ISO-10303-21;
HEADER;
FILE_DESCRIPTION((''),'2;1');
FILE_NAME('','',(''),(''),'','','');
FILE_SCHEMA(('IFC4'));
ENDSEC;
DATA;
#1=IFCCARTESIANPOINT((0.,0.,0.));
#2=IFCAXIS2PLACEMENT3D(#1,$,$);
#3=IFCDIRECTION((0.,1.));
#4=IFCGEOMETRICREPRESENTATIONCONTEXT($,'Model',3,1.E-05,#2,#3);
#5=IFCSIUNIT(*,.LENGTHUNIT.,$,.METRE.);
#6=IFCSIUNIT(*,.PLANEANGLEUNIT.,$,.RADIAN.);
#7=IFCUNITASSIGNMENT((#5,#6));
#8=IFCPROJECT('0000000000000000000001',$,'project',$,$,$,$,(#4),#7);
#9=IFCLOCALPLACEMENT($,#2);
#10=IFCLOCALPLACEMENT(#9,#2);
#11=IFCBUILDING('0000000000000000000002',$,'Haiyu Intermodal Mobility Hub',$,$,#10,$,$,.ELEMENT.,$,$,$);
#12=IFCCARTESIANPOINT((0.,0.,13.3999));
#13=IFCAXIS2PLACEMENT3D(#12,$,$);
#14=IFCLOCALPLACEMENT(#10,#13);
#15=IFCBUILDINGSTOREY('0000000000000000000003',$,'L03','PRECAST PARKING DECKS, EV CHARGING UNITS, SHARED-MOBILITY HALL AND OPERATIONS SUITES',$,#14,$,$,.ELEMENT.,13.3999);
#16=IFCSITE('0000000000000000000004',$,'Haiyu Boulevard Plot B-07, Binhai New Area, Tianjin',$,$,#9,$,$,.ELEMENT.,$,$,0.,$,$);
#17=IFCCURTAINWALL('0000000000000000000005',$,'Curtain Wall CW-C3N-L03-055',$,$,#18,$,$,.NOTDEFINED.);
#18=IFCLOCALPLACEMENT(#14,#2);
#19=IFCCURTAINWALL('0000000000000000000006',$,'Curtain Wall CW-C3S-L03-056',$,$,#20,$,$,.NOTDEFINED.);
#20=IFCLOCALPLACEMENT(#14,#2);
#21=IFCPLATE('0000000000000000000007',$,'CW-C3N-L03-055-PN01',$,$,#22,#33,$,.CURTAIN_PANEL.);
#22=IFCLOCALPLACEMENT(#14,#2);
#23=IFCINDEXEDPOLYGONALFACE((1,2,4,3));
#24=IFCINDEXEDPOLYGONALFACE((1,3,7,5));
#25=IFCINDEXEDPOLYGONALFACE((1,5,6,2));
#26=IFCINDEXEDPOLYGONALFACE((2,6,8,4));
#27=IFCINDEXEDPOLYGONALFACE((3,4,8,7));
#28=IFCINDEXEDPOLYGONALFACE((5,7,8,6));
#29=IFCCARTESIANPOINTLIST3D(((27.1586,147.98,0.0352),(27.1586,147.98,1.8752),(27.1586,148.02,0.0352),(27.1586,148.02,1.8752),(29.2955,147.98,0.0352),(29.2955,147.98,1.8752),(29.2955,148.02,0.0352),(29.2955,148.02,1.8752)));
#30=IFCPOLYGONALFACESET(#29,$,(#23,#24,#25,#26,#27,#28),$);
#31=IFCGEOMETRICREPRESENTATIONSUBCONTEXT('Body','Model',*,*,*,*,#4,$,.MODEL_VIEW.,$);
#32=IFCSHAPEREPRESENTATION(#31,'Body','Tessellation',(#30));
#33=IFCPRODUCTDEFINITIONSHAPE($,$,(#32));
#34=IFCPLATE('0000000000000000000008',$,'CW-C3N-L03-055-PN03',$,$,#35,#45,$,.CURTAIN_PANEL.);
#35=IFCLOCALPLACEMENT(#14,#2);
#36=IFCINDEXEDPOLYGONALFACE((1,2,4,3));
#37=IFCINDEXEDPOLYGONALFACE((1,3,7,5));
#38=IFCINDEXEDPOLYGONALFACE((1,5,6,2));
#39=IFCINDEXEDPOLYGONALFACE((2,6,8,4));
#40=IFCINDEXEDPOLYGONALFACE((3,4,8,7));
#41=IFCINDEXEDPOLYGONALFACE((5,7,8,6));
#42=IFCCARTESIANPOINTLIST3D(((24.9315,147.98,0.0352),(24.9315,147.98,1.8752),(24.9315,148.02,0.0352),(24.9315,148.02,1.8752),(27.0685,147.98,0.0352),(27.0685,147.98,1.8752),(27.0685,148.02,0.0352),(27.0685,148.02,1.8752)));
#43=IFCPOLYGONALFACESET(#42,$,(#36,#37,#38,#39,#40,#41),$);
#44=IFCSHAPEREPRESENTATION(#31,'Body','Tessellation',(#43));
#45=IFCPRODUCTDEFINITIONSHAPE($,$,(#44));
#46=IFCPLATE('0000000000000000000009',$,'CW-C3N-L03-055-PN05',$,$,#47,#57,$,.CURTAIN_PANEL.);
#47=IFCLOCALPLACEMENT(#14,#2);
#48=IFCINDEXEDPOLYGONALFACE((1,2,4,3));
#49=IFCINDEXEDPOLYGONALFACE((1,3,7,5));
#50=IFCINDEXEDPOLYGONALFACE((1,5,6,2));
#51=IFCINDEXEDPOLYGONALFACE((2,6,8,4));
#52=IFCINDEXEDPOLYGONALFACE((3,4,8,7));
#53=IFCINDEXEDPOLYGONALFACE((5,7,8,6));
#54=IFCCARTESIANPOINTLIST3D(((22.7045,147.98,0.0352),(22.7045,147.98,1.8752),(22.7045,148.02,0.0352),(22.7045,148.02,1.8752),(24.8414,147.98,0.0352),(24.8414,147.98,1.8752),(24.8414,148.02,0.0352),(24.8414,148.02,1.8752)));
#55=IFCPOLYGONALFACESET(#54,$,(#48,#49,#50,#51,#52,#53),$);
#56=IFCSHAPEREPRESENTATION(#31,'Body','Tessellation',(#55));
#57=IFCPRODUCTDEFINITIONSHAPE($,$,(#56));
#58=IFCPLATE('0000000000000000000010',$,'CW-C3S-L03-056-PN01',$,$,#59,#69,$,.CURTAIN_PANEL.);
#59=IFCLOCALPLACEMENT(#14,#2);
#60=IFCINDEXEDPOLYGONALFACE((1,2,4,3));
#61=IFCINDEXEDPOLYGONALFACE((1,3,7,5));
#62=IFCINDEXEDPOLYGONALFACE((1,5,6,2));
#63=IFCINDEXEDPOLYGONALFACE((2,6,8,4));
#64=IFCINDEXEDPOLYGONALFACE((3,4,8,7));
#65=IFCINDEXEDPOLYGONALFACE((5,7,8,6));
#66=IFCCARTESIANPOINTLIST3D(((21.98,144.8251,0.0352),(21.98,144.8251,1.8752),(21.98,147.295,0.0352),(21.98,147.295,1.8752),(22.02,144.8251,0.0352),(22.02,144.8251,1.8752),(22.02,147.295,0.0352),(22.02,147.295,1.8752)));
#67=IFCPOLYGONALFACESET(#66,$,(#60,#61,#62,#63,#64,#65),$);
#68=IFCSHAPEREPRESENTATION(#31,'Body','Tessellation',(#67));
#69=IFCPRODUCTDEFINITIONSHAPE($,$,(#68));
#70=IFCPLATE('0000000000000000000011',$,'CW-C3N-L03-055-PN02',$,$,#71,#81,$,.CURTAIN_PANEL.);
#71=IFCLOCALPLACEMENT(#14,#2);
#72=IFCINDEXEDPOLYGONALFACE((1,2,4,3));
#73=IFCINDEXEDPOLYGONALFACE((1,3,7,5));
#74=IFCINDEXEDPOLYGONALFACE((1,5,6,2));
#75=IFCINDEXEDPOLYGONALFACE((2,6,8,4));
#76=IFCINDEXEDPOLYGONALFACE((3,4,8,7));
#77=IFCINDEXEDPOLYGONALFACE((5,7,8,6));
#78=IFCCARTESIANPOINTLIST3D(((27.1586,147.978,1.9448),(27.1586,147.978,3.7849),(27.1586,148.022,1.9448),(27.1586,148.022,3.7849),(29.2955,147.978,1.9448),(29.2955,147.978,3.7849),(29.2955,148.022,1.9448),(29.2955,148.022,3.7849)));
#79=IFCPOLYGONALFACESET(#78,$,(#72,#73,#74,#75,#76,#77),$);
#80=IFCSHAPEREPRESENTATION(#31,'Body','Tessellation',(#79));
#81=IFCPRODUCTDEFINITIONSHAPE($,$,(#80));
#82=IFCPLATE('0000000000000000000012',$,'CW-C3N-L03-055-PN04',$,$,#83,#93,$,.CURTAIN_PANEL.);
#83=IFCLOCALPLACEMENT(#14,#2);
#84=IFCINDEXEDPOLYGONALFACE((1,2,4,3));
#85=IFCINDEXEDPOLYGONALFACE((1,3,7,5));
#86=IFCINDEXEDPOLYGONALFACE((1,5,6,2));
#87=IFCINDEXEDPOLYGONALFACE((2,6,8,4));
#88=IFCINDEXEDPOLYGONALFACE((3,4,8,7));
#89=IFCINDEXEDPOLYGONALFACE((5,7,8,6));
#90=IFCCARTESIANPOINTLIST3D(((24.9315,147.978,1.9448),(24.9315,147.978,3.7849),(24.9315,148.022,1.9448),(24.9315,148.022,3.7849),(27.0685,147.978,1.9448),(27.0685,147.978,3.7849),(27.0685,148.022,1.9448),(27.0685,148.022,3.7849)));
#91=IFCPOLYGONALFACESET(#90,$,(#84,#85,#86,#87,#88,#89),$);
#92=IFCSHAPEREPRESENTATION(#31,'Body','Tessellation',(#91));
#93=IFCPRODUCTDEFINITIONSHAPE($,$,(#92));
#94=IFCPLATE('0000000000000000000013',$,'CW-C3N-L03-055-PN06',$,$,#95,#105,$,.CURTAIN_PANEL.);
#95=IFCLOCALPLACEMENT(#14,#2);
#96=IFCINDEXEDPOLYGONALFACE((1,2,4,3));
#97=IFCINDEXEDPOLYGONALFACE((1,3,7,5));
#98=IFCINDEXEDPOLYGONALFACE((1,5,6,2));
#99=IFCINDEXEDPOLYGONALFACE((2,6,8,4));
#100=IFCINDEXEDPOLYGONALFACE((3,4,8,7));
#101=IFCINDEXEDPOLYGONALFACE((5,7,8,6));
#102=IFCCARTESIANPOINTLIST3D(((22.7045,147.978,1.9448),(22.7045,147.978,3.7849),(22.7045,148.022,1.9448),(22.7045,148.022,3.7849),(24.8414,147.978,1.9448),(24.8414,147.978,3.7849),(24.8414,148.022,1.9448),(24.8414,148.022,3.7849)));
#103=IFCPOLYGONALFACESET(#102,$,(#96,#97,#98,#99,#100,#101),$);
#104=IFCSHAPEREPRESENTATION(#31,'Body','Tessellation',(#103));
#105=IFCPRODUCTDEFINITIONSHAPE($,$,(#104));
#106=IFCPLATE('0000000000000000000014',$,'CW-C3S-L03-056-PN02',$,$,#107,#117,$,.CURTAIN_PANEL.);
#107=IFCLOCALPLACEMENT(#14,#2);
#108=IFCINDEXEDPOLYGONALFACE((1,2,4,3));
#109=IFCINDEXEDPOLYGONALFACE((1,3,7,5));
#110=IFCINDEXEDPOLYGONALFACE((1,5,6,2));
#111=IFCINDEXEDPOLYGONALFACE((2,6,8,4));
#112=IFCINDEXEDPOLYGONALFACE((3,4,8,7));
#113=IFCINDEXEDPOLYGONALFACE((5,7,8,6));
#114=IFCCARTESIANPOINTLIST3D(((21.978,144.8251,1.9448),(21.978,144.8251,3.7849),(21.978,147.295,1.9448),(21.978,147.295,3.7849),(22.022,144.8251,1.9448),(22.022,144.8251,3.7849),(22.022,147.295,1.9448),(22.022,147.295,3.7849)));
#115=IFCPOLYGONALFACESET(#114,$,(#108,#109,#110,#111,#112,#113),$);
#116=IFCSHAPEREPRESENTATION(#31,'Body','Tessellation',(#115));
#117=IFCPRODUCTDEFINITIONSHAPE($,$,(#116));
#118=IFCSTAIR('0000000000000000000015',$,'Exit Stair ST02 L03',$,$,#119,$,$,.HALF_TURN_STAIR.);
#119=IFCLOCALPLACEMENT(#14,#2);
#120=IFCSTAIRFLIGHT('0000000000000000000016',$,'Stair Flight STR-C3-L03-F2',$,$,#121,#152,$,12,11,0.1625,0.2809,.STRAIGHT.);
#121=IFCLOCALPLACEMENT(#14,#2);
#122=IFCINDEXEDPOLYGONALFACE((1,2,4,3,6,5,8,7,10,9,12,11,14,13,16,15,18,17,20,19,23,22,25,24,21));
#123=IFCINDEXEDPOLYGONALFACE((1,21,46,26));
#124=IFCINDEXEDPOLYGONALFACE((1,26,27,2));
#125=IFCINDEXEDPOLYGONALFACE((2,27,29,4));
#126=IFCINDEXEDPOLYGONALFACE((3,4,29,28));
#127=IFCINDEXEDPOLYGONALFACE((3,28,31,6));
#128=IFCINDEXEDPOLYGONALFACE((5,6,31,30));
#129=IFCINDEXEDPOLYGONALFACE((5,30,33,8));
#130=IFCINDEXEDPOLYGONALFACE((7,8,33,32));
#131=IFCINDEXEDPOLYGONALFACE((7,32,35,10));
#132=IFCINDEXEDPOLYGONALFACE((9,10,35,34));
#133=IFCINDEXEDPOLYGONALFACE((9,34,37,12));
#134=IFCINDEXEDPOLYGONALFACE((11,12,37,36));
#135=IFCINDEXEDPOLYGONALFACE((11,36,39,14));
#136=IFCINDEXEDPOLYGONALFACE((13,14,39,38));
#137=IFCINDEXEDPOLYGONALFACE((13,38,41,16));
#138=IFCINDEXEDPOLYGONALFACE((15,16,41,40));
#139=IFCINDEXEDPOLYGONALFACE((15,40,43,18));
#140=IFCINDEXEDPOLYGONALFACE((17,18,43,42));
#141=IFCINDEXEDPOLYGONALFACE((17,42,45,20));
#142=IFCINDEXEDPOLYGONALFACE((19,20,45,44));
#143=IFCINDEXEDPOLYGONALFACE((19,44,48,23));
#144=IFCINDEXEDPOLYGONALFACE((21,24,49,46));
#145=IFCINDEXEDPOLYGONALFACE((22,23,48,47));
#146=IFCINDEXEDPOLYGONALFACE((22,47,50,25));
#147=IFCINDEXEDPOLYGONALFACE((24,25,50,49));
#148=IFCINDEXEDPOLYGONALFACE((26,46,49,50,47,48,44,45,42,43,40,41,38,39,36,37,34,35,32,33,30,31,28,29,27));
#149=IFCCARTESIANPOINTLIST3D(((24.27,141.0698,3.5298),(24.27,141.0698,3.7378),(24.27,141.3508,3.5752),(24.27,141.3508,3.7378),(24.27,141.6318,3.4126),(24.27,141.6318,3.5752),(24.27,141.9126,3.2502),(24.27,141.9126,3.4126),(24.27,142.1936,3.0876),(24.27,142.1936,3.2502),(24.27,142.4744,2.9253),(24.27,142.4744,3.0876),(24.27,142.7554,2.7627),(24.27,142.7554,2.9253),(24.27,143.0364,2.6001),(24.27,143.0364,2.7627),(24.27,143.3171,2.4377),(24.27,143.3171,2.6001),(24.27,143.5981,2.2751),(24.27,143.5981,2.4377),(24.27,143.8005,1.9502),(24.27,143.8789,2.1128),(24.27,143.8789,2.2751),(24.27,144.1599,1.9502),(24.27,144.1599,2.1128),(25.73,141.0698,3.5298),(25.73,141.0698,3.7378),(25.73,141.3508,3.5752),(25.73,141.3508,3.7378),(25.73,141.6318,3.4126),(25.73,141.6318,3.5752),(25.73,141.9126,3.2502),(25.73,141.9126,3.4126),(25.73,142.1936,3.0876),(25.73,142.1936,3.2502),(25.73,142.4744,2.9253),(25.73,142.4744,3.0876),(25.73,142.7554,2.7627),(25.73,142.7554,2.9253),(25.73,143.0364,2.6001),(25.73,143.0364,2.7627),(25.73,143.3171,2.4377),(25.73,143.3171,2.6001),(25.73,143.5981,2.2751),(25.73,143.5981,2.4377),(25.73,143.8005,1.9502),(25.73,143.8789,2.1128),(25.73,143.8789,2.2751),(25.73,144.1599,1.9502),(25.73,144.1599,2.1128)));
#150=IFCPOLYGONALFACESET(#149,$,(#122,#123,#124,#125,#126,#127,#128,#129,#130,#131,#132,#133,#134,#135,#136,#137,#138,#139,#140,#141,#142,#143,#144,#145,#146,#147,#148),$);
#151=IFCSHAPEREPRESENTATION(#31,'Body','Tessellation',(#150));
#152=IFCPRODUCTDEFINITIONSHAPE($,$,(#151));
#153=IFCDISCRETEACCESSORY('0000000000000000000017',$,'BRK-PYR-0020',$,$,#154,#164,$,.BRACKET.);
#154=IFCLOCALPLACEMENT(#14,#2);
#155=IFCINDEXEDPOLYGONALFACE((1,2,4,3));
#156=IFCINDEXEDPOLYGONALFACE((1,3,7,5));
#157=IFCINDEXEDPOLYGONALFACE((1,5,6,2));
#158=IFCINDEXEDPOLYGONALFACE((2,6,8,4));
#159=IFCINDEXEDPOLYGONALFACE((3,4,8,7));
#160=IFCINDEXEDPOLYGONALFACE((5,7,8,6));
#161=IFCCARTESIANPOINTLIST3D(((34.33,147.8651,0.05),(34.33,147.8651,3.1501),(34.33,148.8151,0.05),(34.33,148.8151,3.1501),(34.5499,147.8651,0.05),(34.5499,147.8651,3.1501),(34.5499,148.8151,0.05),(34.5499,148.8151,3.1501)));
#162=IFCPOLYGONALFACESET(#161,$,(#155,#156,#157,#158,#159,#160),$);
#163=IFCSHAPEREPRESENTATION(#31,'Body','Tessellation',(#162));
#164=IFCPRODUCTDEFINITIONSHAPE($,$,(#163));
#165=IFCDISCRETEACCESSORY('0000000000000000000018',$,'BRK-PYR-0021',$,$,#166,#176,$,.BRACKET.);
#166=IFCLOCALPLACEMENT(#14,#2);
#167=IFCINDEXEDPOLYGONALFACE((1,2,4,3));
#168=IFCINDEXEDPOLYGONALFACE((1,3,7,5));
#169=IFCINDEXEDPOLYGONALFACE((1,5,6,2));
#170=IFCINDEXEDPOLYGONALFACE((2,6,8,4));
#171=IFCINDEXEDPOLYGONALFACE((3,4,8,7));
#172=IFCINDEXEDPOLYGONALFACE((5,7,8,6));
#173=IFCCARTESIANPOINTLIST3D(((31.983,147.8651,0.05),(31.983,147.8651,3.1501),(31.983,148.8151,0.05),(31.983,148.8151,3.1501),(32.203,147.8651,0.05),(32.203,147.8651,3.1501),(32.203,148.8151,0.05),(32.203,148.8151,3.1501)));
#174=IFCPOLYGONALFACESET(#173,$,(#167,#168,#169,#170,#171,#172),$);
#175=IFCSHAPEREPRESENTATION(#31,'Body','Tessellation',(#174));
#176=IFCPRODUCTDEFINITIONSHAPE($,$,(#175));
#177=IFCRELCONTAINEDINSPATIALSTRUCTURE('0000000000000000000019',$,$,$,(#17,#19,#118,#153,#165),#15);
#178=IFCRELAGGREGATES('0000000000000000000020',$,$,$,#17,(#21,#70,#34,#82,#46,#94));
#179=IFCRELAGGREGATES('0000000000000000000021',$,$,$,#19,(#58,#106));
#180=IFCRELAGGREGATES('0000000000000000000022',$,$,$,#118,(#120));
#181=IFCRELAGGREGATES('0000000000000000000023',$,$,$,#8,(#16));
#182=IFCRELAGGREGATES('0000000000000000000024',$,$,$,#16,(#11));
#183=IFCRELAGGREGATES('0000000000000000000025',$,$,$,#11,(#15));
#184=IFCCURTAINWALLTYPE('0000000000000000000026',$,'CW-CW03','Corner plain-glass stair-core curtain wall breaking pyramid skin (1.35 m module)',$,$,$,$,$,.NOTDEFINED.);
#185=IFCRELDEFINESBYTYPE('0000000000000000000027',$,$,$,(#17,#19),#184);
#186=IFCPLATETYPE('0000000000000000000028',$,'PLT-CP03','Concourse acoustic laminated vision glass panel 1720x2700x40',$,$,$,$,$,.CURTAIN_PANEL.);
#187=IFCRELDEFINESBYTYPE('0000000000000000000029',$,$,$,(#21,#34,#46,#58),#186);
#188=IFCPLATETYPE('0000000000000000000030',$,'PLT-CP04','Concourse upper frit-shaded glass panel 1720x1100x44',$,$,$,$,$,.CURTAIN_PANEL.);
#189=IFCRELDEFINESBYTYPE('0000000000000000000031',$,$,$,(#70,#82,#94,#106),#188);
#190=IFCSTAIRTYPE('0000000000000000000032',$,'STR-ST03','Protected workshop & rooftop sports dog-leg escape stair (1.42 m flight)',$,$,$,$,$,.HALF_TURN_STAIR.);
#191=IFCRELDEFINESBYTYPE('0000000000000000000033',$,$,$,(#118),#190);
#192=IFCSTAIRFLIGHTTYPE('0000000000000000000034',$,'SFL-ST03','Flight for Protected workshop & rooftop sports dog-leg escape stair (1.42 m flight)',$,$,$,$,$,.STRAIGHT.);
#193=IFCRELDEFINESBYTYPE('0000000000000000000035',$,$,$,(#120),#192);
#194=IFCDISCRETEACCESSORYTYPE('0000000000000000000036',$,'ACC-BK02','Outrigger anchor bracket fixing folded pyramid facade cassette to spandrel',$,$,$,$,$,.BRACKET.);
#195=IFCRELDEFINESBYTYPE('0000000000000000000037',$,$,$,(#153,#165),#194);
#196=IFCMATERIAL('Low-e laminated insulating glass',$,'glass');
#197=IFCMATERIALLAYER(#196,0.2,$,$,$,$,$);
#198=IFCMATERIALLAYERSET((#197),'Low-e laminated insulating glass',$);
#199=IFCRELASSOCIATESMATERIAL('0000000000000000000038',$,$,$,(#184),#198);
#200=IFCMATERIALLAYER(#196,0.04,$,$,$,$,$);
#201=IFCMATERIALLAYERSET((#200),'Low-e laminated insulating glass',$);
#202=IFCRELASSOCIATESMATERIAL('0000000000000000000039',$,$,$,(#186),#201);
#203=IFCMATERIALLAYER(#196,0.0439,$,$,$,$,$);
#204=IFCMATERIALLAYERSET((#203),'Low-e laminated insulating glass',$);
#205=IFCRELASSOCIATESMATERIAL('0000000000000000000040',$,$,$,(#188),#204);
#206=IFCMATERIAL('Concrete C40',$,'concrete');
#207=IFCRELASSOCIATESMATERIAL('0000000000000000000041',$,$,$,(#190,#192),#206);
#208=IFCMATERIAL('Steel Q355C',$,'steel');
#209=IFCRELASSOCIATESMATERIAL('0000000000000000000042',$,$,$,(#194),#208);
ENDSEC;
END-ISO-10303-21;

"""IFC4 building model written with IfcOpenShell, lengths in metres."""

from ifc_helpers import new_model, si_unit, direction, frame, origin, origin_2d, place, context, subcontext, project, spatial, polyline, rectangle, outline, extrude, material, layer, layer_set, type_object, element, aggregate, save


model = new_model("IFC4")

# Units and contexts
model_context = context("Model", 3, precision=1e-05, world=origin(), true_north=direction((0.0, 1.0)))
body_context = subcontext(model_context, "Body", "Model", "MODEL_VIEW")
ifc_project = project(units=[si_unit("LENGTHUNIT", "METRE"), si_unit("PLANEANGLEUNIT", "RADIAN")], contexts=[model_context])

# Site, building, storey
site_placement = place(None, origin())
site = spatial("IfcSite", under=ifc_project, at=site_placement, Name="Haiyu Boulevard Plot B-07, Binhai New Area, Tianjin", CompositionType="ELEMENT", RefElevation=0.0)
building_placement = place(site_placement, origin())
building = spatial("IfcBuilding", under=site, at=building_placement, Name="Haiyu Intermodal Mobility Hub", CompositionType="ELEMENT")
storey_placement = place(building_placement, frame((0.0, 0.0, 13.3999)))
storey = spatial("IfcBuildingStorey", under=building, at=storey_placement, Name="L03", Description="PRECAST PARKING DECKS, EV CHARGING UNITS, SHARED-MOBILITY HALL AND OPERATIONS SUITES", CompositionType="ELEMENT", Elevation=13.3999)

# Shared definitions
ifc_material_1 = material(Name="Steel Q355C", Category="steel")

# Curtain walls
ifc_material_2 = material(Name="Low-e laminated insulating glass", Category="glass")
ifc_layer_1 = layer(ifc_material_2, 0.2)
ifc_layer_set_1 = layer_set([ifc_layer_1], Name="Low-e laminated insulating glass")
curtain_wall_type = type_object("IfcCurtainWallType", Name="CW-CW03", Description="Corner plain-glass stair-core curtain wall breaking pyramid skin (1.35 m module)", PredefinedType="NOTDEFINED", material=ifc_layer_set_1)
curtain_wall_1_placement = place(storey_placement, origin())
curtain_wall_1 = element("IfcCurtainWall", 1, at=curtain_wall_1_placement, inside=storey, type_object=curtain_wall_type, Name="Curtain Wall CW-C3N-L03-055", PredefinedType="NOTDEFINED")
curtain_wall_2_placement = place(storey_placement, origin())
curtain_wall_2 = element("IfcCurtainWall", 2, at=curtain_wall_2_placement, inside=storey, type_object=curtain_wall_type, Name="Curtain Wall CW-C3S-L03-056", PredefinedType="NOTDEFINED")

# Plates
ifc_layer_2 = layer(ifc_material_2, 0.04)
ifc_layer_set_2 = layer_set([ifc_layer_2], Name="Low-e laminated insulating glass")
plate_type_1 = type_object("IfcPlateType", Name="PLT-CP03", Description="Concourse acoustic laminated vision glass panel 1720x2700x40", PredefinedType="CURTAIN_PANEL", material=ifc_layer_set_2)
plate_1_placement = place(storey_placement, frame((28.2271, 148.0, 0.0352), z_axis=(0.0, 0.0, 1.0), x_axis=(-1.0, 0.0, 0.0)))
plate_1 = element("IfcPlate", 3, at=plate_1_placement, type_object=plate_type_1, Name="CW-C3N-L03-055-PN01", PredefinedType="CURTAIN_PANEL", context=body_context, shape_type="SweptSolid", body=[
    extrude(rectangle(XDim=2.137, YDim=0.04, at=origin_2d()), origin(), (0.0, 0.0, 1.0), 1.8401),
])
plate_2_placement = place(storey_placement, frame((26.0, 148.0, 0.0352), z_axis=(0.0, 0.0, 1.0), x_axis=(-1.0, 0.0, 0.0)))
plate_2 = element("IfcPlate", 4, at=plate_2_placement, type_object=plate_type_1, Name="CW-C3N-L03-055-PN03", PredefinedType="CURTAIN_PANEL", context=body_context, shape_type="SweptSolid", body=[
    extrude(rectangle(XDim=2.137, YDim=0.04, at=origin_2d()), origin(), (0.0, 0.0, 1.0), 1.8401),
])
plate_3_placement = place(storey_placement, frame((23.7729, 148.0, 0.0352), z_axis=(0.0, 0.0, 1.0), x_axis=(-1.0, 0.0, 0.0)))
plate_3 = element("IfcPlate", 5, at=plate_3_placement, type_object=plate_type_1, Name="CW-C3N-L03-055-PN05", PredefinedType="CURTAIN_PANEL", context=body_context, shape_type="SweptSolid", body=[
    extrude(rectangle(XDim=2.137, YDim=0.04, at=origin_2d()), origin(), (0.0, 0.0, 1.0), 1.8401),
])
plate_4_placement = place(storey_placement, frame((22.0, 146.0601, 0.0352), z_axis=(0.0, 0.0, 1.0), x_axis=(0.0, -1.0, 0.0)))
plate_4 = element("IfcPlate", 6, at=plate_4_placement, type_object=plate_type_1, Name="CW-C3S-L03-056-PN01", PredefinedType="CURTAIN_PANEL", context=body_context, shape_type="SweptSolid", body=[
    extrude(rectangle(XDim=2.47, YDim=0.04, at=origin_2d()), origin(), (0.0, 0.0, 1.0), 1.8401),
])
ifc_layer_3 = layer(ifc_material_2, 0.0439)
ifc_layer_set_3 = layer_set([ifc_layer_3], Name="Low-e laminated insulating glass")
plate_type_2 = type_object("IfcPlateType", Name="PLT-CP04", Description="Concourse upper frit-shaded glass panel 1720x1100x44", PredefinedType="CURTAIN_PANEL", material=ifc_layer_set_3)
plate_5_placement = place(storey_placement, frame((28.2271, 148.0, 1.9448), z_axis=(0.0, 0.0, 1.0), x_axis=(-1.0, 0.0, 0.0)))
plate_5 = element("IfcPlate", 7, at=plate_5_placement, type_object=plate_type_2, Name="CW-C3N-L03-055-PN02", PredefinedType="CURTAIN_PANEL", context=body_context, shape_type="SweptSolid", body=[
    extrude(rectangle(XDim=2.137, YDim=0.0439, at=origin_2d()), origin(), (0.0, 0.0, 1.0), 1.8401),
])
plate_6_placement = place(storey_placement, frame((26.0, 148.0, 1.9448), z_axis=(0.0, 0.0, 1.0), x_axis=(-1.0, 0.0, 0.0)))
plate_6 = element("IfcPlate", 8, at=plate_6_placement, type_object=plate_type_2, Name="CW-C3N-L03-055-PN04", PredefinedType="CURTAIN_PANEL", context=body_context, shape_type="SweptSolid", body=[
    extrude(rectangle(XDim=2.137, YDim=0.0439, at=origin_2d()), origin(), (0.0, 0.0, 1.0), 1.8401),
])
plate_7_placement = place(storey_placement, frame((23.7729, 148.0, 1.9448), z_axis=(0.0, 0.0, 1.0), x_axis=(-1.0, 0.0, 0.0)))
plate_7 = element("IfcPlate", 9, at=plate_7_placement, type_object=plate_type_2, Name="CW-C3N-L03-055-PN06", PredefinedType="CURTAIN_PANEL", context=body_context, shape_type="SweptSolid", body=[
    extrude(rectangle(XDim=2.137, YDim=0.0439, at=origin_2d()), origin(), (0.0, 0.0, 1.0), 1.8401),
])
aggregate(curtain_wall_1, [plate_1, plate_5, plate_2, plate_6, plate_3, plate_7])
plate_8_placement = place(storey_placement, frame((22.0, 146.0601, 1.9448), z_axis=(0.0, 0.0, 1.0), x_axis=(0.0, -1.0, 0.0)))
plate_8 = element("IfcPlate", 10, at=plate_8_placement, type_object=plate_type_2, Name="CW-C3S-L03-056-PN02", PredefinedType="CURTAIN_PANEL", context=body_context, shape_type="SweptSolid", body=[
    extrude(rectangle(XDim=2.47, YDim=0.0439, at=origin_2d()), origin(), (0.0, 0.0, 1.0), 1.8401),
])
aggregate(curtain_wall_2, [plate_4, plate_8])

# Stair, stair flight
ifc_material_3 = material(Name="Concrete C40", Category="concrete")
stair_type = type_object("IfcStairType", Name="STR-ST03", Description="Protected workshop & rooftop sports dog-leg escape stair (1.42 m flight)", PredefinedType="HALF_TURN_STAIR", material=ifc_material_3)
stair_placement = place(storey_placement, origin())
stair = element("IfcStair", 11, at=stair_placement, inside=storey, type_object=stair_type, Name="Exit Stair ST02 L03", PredefinedType="HALF_TURN_STAIR")
stair_flight_type = type_object("IfcStairFlightType", Name="SFL-ST03", Description="Flight for Protected workshop & rooftop sports dog-leg escape stair (1.42 m flight)", PredefinedType="STRAIGHT", material=ifc_material_3)
stair_flight_placement = place(storey_placement, frame((25.0, 144.1599, 1.9502), z_axis=(0.0, 0.0, 1.0), x_axis=(0.0, -1.0, 0.0)))
stair_flight = element("IfcStairFlight", 12, at=stair_flight_placement, type_object=stair_flight_type, Name="Stair Flight STR-C3-L03-F2", NumberOfRisers=12, NumberOfTreads=11, PredefinedType="STRAIGHT", RiserHeight=0.1625, TreadLength=0.2809, context=body_context, shape_type="SweptSolid", body=[
    extrude(outline(polyline([(0.0, 0.0), (0.0, 0.1626), (0.281, 0.1626), (0.281, 0.325), (0.5618, 0.325), (0.5618, 0.4875), (0.8428, 0.4875), (0.8428, 0.6499), (1.1235, 0.6499), (1.1235, 0.8125), (1.4045, 0.8125), (1.4045, 0.9751), (1.6855, 0.9751), (1.6855, 1.1375), (1.9663, 1.1375), (1.9663, 1.3), (2.2473, 1.3), (2.2473, 1.4624), (2.5281, 1.4624), (2.5281, 1.625), (2.8091, 1.625), (2.8091, 1.7876), (3.0901, 1.7876), (3.0901, 1.95), (3.0901, 1.5796), (0.3594, 0.0), (0.0, 0.0)])), frame((0.0, 0.73, 0.0), z_axis=(0.0, -1.0, 0.0), x_axis=(1.0, 0.0, 0.0)), (0.0, 0.0, 1.0), 1.46),
])
aggregate(stair, [stair_flight])

# Discrete accessories
discrete_accessory_type = type_object("IfcDiscreteAccessoryType", Name="ACC-BK02", Description="Outrigger anchor bracket fixing folded pyramid facade cassette to spandrel", PredefinedType="BRACKET", material=ifc_material_1)
for number, where, z_axis, x_axis, name in (
    (13, (34.4399, 148.3401, 0.05), (0.0, 0.0, 1.0), (1.0, 0.0, 0.0), "BRK-PYR-0020"),
    (14, (32.093, 148.3401, 0.05), (0.0, 0.0, 1.0), (1.0, 0.0, 0.0), "BRK-PYR-0021"),
):
    element("IfcDiscreteAccessory", number, at=place(storey_placement, frame(where, z_axis=z_axis, x_axis=x_axis)), inside=storey, type_object=discrete_accessory_type, Name=name, PredefinedType="BRACKET", context=body_context, shape_type="SweptSolid", body=[
        extrude(rectangle(XDim=0.22, YDim=0.95, at=origin_2d()), origin(), (0.0, 0.0, 1.0), 3.1001),
    ])

save(model, "model.ifc")
